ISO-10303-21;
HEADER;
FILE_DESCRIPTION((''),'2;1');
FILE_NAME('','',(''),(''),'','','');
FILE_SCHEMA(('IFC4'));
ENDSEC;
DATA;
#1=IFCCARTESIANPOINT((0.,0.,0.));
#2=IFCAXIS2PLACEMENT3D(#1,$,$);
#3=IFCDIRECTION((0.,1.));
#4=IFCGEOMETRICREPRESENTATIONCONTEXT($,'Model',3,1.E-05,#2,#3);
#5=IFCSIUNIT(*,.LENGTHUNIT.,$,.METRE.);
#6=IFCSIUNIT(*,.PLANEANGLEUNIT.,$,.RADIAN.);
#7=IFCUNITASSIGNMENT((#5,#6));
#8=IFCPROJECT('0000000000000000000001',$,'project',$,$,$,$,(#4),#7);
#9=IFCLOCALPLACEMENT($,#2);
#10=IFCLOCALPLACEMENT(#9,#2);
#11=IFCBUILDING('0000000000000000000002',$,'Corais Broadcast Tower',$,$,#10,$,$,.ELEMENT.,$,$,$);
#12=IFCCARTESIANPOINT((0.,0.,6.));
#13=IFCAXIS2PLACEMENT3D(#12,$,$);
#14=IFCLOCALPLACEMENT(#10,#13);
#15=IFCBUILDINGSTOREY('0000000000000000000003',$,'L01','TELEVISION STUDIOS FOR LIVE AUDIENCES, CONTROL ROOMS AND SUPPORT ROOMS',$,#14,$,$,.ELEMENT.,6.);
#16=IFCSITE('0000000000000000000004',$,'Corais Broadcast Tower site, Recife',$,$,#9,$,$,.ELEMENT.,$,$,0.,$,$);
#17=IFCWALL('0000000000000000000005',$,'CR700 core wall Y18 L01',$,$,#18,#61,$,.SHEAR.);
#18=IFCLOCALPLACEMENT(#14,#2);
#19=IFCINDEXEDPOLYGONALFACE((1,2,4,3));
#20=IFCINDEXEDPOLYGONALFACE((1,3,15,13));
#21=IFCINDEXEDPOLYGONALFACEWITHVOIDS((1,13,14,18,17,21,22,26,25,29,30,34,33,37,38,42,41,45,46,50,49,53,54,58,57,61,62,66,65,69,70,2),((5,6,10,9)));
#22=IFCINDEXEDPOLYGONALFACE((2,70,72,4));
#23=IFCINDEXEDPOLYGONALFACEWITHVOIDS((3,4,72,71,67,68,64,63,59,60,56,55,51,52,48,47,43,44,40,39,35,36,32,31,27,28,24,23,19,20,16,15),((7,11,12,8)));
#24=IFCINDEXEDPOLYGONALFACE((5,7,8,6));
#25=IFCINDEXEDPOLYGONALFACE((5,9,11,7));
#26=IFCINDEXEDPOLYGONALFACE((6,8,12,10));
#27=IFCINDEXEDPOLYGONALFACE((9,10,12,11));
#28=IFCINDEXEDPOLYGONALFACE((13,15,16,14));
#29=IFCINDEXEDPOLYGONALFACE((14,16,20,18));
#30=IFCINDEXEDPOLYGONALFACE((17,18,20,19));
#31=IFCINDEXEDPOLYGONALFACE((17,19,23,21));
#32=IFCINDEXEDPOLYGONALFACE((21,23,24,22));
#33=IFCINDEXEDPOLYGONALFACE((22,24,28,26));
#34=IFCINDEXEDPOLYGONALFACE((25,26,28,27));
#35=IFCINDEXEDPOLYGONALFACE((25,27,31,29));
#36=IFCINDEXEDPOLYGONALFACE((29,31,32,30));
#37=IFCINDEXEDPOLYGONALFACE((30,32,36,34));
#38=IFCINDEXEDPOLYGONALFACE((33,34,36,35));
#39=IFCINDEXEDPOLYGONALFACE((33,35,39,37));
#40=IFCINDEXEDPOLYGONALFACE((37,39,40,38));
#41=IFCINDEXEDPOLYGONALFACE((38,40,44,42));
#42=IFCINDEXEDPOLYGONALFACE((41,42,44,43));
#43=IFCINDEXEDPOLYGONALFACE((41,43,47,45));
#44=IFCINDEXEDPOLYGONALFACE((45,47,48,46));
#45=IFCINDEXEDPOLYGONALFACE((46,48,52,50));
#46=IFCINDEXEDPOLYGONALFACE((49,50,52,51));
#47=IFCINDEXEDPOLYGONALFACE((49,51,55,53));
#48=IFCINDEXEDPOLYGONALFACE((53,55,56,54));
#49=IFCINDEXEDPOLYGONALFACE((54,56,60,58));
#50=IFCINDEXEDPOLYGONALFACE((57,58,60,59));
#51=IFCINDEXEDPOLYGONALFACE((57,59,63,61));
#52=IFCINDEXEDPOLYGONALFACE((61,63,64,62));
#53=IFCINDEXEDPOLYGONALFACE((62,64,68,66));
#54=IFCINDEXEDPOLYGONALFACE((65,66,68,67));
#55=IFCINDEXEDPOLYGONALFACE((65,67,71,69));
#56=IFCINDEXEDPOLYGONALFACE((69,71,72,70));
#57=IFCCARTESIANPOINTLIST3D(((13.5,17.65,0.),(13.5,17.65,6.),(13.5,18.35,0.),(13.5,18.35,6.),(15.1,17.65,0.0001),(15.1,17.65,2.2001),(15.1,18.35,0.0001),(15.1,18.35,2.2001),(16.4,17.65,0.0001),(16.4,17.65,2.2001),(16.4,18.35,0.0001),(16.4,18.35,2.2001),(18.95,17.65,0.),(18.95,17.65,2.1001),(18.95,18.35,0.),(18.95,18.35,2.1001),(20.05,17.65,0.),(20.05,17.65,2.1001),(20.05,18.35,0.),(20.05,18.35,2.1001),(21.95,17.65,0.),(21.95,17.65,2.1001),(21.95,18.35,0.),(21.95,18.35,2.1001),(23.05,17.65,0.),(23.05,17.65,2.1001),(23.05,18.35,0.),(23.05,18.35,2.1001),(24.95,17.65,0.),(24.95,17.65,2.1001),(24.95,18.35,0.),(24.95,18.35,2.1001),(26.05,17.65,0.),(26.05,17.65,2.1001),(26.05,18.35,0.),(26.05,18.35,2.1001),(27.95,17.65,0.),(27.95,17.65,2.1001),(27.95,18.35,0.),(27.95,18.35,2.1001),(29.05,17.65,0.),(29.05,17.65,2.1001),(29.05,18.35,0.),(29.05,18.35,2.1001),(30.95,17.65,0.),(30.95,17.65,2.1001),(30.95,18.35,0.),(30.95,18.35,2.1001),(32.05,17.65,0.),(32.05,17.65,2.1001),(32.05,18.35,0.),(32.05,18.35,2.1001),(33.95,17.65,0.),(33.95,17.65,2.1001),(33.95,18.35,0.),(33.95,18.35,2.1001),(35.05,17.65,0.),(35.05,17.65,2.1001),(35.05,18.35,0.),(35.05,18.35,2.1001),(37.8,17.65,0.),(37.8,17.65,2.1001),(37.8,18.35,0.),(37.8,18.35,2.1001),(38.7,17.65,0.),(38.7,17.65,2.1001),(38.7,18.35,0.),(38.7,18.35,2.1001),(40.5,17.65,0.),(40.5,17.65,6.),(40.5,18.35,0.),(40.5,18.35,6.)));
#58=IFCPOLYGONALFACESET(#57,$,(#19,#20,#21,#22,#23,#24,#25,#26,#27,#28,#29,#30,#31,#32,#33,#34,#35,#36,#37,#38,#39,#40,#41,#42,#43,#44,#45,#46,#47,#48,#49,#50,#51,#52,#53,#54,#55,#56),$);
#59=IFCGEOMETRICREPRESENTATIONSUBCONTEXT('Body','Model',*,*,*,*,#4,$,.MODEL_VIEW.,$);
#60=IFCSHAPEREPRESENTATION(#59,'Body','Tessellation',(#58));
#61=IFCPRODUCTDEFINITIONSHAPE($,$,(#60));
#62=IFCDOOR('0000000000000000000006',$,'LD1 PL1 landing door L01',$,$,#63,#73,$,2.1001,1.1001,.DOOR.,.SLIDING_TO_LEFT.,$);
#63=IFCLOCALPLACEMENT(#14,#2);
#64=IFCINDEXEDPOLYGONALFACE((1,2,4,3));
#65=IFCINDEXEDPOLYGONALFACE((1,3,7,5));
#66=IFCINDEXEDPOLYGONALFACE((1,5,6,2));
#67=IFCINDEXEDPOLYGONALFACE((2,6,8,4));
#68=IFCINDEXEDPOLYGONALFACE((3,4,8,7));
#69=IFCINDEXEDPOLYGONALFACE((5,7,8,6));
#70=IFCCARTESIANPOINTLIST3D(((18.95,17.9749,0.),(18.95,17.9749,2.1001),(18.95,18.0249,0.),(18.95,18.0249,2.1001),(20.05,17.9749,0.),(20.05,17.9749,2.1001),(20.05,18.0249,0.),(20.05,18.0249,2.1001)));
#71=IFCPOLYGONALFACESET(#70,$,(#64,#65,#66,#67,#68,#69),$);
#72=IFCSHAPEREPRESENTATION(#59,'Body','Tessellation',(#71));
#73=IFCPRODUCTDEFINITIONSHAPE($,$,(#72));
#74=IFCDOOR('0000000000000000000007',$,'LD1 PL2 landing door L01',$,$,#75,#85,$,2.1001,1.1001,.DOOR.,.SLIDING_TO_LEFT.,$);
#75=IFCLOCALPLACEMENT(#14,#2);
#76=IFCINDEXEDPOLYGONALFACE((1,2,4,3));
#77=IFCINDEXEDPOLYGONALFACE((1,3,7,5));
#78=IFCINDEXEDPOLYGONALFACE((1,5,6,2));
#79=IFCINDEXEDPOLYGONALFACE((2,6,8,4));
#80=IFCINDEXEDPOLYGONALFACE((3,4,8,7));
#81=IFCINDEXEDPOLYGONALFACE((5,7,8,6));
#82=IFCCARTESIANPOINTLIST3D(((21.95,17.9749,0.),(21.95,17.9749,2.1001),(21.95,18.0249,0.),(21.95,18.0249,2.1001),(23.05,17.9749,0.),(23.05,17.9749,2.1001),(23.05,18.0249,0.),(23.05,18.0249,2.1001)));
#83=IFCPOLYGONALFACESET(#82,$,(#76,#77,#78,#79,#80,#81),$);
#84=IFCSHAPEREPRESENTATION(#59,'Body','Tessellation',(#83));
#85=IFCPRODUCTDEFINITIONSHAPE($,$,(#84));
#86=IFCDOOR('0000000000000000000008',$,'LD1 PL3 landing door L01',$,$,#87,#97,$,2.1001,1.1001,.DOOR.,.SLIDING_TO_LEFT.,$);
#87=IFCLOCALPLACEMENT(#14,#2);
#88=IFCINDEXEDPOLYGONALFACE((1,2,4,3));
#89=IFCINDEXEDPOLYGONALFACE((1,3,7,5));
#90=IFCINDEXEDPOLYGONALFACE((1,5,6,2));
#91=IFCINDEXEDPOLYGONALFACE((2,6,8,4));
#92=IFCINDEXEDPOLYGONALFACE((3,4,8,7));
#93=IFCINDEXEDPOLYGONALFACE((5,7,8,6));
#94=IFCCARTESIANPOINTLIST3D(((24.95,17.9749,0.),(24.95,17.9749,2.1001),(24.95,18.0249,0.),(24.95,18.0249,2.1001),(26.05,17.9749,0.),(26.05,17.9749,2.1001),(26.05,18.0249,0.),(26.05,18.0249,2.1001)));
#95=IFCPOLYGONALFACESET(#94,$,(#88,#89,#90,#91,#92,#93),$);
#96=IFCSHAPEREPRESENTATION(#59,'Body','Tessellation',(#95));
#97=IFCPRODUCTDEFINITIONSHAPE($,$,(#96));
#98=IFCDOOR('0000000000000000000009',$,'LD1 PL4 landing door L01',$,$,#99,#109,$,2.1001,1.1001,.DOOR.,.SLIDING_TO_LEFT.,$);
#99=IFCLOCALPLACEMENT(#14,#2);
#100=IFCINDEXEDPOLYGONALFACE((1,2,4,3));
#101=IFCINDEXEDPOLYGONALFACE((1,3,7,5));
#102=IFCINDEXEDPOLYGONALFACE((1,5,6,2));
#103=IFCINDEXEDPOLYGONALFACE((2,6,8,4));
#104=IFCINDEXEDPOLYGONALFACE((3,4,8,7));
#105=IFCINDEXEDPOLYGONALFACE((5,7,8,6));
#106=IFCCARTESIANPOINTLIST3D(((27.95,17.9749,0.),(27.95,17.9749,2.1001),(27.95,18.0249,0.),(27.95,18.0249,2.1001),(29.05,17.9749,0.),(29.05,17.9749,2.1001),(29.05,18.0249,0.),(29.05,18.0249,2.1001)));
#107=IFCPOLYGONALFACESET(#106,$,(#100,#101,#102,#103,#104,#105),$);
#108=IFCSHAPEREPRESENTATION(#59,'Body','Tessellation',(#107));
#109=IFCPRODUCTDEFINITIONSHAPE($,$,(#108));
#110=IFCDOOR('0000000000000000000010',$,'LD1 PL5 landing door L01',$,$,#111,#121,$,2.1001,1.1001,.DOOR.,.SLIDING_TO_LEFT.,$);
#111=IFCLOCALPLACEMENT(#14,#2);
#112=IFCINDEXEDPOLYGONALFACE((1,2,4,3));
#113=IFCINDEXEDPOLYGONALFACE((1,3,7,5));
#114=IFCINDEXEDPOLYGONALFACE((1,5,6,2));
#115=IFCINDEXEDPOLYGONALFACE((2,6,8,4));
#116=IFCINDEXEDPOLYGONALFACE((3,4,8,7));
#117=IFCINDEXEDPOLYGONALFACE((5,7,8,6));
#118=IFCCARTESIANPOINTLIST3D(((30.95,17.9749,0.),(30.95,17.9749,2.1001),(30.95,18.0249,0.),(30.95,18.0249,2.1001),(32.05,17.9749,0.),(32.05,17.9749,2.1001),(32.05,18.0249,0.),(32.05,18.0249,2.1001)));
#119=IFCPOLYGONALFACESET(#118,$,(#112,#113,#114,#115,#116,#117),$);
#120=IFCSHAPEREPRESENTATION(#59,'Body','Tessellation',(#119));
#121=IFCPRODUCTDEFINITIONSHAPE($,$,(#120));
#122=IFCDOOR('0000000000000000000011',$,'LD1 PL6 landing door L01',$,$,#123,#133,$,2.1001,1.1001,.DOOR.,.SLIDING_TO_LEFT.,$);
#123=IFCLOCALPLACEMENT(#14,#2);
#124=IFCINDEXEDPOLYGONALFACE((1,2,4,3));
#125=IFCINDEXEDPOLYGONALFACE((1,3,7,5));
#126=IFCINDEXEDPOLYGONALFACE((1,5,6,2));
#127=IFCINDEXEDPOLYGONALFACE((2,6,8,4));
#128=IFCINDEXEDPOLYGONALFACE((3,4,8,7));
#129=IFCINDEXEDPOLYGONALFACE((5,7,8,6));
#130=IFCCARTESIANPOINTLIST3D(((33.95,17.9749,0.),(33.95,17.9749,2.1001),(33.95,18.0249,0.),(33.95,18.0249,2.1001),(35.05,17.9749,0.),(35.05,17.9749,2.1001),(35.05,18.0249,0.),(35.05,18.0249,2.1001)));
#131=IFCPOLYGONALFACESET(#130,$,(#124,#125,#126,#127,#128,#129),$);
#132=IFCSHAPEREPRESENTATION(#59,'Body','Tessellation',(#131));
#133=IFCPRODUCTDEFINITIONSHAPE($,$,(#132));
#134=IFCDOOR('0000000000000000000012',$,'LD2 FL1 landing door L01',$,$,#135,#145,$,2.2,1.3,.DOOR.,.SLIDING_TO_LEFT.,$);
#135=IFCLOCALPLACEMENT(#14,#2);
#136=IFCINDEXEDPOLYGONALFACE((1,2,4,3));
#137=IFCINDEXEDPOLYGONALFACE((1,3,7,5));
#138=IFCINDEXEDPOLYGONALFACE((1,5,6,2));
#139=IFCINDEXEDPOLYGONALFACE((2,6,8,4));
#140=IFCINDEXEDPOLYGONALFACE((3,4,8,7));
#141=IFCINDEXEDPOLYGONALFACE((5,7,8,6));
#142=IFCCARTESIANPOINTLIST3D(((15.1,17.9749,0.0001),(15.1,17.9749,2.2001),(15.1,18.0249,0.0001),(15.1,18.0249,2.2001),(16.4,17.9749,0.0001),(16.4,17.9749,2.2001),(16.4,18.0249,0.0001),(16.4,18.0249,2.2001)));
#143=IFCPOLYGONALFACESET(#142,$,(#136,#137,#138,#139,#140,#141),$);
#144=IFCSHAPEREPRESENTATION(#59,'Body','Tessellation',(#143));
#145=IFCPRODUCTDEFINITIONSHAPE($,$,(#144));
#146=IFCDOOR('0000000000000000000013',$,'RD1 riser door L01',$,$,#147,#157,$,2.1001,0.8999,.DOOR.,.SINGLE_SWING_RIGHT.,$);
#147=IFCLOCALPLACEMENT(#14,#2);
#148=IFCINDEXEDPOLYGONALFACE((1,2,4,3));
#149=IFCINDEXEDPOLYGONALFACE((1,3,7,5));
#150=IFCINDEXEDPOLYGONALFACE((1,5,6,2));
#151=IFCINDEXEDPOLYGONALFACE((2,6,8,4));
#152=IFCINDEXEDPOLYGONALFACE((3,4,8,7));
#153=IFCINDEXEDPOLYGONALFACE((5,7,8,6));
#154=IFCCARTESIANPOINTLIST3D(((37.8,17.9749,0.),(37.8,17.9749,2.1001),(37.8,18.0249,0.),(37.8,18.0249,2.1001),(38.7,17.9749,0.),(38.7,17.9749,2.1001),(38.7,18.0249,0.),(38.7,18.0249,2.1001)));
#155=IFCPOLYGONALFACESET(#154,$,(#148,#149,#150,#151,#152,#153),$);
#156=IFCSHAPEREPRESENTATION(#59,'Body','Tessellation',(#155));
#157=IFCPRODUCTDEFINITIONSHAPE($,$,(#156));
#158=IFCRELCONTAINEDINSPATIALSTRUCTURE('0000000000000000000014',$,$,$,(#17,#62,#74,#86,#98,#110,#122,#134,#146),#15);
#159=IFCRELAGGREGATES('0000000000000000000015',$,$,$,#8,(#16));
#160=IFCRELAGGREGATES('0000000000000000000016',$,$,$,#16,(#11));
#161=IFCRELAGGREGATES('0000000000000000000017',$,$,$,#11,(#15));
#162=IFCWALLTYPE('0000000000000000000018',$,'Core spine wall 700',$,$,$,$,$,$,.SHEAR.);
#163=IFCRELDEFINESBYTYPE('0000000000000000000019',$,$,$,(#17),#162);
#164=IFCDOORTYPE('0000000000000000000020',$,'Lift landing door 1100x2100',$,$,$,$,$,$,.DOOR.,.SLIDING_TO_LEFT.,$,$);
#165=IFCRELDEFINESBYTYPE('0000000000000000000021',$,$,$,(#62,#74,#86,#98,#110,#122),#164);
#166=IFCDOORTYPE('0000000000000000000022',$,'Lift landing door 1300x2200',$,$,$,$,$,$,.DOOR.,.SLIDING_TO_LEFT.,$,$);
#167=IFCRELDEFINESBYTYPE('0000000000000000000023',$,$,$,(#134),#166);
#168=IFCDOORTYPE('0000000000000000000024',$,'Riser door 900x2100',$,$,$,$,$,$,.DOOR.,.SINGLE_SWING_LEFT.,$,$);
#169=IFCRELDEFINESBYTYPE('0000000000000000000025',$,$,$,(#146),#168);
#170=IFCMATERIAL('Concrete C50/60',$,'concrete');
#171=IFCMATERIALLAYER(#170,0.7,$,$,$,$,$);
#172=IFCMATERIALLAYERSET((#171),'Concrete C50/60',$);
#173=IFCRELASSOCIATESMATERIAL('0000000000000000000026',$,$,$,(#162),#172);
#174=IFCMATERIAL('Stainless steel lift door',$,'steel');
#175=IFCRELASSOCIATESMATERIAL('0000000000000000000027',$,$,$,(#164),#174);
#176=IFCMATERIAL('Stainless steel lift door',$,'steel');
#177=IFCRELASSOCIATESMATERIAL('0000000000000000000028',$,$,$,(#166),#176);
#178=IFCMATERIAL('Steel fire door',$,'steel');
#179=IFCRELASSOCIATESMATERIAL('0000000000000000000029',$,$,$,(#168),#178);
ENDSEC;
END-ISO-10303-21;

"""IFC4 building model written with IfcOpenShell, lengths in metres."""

from ifc_helpers import new_model, si_unit, direction, frame, frame_2d, origin, place, context, subcontext, project, spatial, rectangle, extrude, material, layer, layer_set, type_object, element, fill, save


model = new_model("IFC4")

# Units and contexts
model_context = context("Model", 3, precision=1e-05, world=origin(), true_north=direction((0.0, 1.0)))
body_context = subcontext(model_context, "Body", "Model", "MODEL_VIEW")
ifc_project = project(units=[si_unit("LENGTHUNIT", "METRE"), si_unit("PLANEANGLEUNIT", "RADIAN")], contexts=[model_context])

# Site, building, storey
site_placement = place(None, origin())
site = spatial("IfcSite", under=ifc_project, at=site_placement, Name="Corais Broadcast Tower site, Recife", CompositionType="ELEMENT", RefElevation=0.0)
building_placement = place(site_placement, origin())
building = spatial("IfcBuilding", under=site, at=building_placement, Name="Corais Broadcast Tower", CompositionType="ELEMENT")
storey_placement = place(building_placement, frame((0.0, 0.0, 6.0)))
storey = spatial("IfcBuildingStorey", under=building, at=storey_placement, Name="L01", Description="TELEVISION STUDIOS FOR LIVE AUDIENCES, CONTROL ROOMS AND SUPPORT ROOMS", CompositionType="ELEMENT", Elevation=6.0)

# Wall, openings, doors
ifc_material_1 = material(Name="Concrete C50/60", Category="concrete")
ifc_layer_1 = layer(ifc_material_1, 0.7)
ifc_layer_set_1 = layer_set([ifc_layer_1], Name="Concrete C50/60")
wall_type_1 = type_object("IfcWallType", Name="Core spine wall 700", PredefinedType="SHEAR", material=ifc_layer_set_1)
wall_1_placement = place(storey_placement, frame((13.5, 18.0, 0.0), z_axis=(0.0, 0.0, 1.0), x_axis=(1.0, 0.0, 0.0)))
wall_1 = element("IfcWall", 1, at=wall_1_placement, inside=storey, type_object=wall_type_1, Name="CR700 core wall Y18 L01", PredefinedType="SHEAR", context=body_context, shape_type="SweptSolid", body=[
    extrude(rectangle(XDim=27.0, YDim=0.7, at=frame_2d((13.5, 0.0))), origin(), (0.0, 0.0, 1.0), 6.0),
])
opening_1_placement = place(wall_1_placement, frame((24.3, 0.0, 0.0)))
opening_1 = element("IfcOpeningElement", 2, at=opening_1_placement, cuts=wall_1, PredefinedType="OPENING", context=body_context, shape_type="SweptSolid", body=[
    extrude(rectangle(XDim=0.8999, YDim=2.1001, at=frame_2d((0.45, 1.05))), frame((0.0, 0.3599, 0.0), z_axis=(0.0, -1.0, 0.0), x_axis=(1.0, 0.0, 0.0)), (0.0, 0.0, 1.0), 0.72),
])
opening_2_placement = place(wall_1_placement, frame((5.45, 0.0, 0.0)))
opening_2 = element("IfcOpeningElement", 3, at=opening_2_placement, cuts=wall_1, PredefinedType="OPENING", context=body_context, shape_type="SweptSolid", body=[
    extrude(rectangle(XDim=1.1001, YDim=2.1001, at=frame_2d((0.55, 1.05))), frame((0.0, 0.3599, 0.0), z_axis=(0.0, -1.0, 0.0), x_axis=(1.0, 0.0, 0.0)), (0.0, 0.0, 1.0), 0.72),
])
opening_3_placement = place(wall_1_placement, frame((8.45, 0.0, 0.0)))
opening_3 = element("IfcOpeningElement", 4, at=opening_3_placement, cuts=wall_1, PredefinedType="OPENING", context=body_context, shape_type="SweptSolid", body=[
    extrude(rectangle(XDim=1.1001, YDim=2.1001, at=frame_2d((0.55, 1.05))), frame((0.0, 0.3599, 0.0), z_axis=(0.0, -1.0, 0.0), x_axis=(1.0, 0.0, 0.0)), (0.0, 0.0, 1.0), 0.72),
])
opening_4_placement = place(wall_1_placement, frame((11.45, 0.0, 0.0)))
opening_4 = element("IfcOpeningElement", 5, at=opening_4_placement, cuts=wall_1, PredefinedType="OPENING", context=body_context, shape_type="SweptSolid", body=[
    extrude(rectangle(XDim=1.1001, YDim=2.1001, at=frame_2d((0.55, 1.05))), frame((0.0, 0.3599, 0.0), z_axis=(0.0, -1.0, 0.0), x_axis=(1.0, 0.0, 0.0)), (0.0, 0.0, 1.0), 0.72),
])
opening_5_placement = place(wall_1_placement, frame((14.45, 0.0, 0.0)))
opening_5 = element("IfcOpeningElement", 6, at=opening_5_placement, cuts=wall_1, PredefinedType="OPENING", context=body_context, shape_type="SweptSolid", body=[
    extrude(rectangle(XDim=1.1001, YDim=2.1001, at=frame_2d((0.55, 1.05))), frame((0.0, 0.3599, 0.0), z_axis=(0.0, -1.0, 0.0), x_axis=(1.0, 0.0, 0.0)), (0.0, 0.0, 1.0), 0.72),
])
opening_6_placement = place(wall_1_placement, frame((17.45, 0.0, 0.0)))
opening_6 = element("IfcOpeningElement", 7, at=opening_6_placement, cuts=wall_1, PredefinedType="OPENING", context=body_context, shape_type="SweptSolid", body=[
    extrude(rectangle(XDim=1.1001, YDim=2.1001, at=frame_2d((0.55, 1.05))), frame((0.0, 0.3599, 0.0), z_axis=(0.0, -1.0, 0.0), x_axis=(1.0, 0.0, 0.0)), (0.0, 0.0, 1.0), 0.72),
])
opening_7_placement = place(wall_1_placement, frame((20.45, 0.0, 0.0)))
opening_7 = element("IfcOpeningElement", 8, at=opening_7_placement, cuts=wall_1, PredefinedType="OPENING", context=body_context, shape_type="SweptSolid", body=[
    extrude(rectangle(XDim=1.1001, YDim=2.1001, at=frame_2d((0.55, 1.05))), frame((0.0, 0.3599, 0.0), z_axis=(0.0, -1.0, 0.0), x_axis=(1.0, 0.0, 0.0)), (0.0, 0.0, 1.0), 0.72),
])
opening_8_placement = place(wall_1_placement, frame((1.6001, 0.0, 0.0)))
opening_8 = element("IfcOpeningElement", 9, at=opening_8_placement, cuts=wall_1, PredefinedType="OPENING", context=body_context, shape_type="SweptSolid", body=[
    extrude(rectangle(XDim=1.3, YDim=2.2, at=frame_2d((0.6499, 1.1001))), frame((0.0, 0.3599, 0.0), z_axis=(0.0, -1.0, 0.0), x_axis=(1.0, 0.0, 0.0)), (0.0, 0.0, 1.0), 0.72),
])
ifc_material_2 = material(Name="Stainless steel lift door", Category="steel")
door_type_1 = type_object("IfcDoorType", Name="Lift landing door 1100x2100", OperationType="SLIDING_TO_LEFT", PredefinedType="DOOR", material=ifc_material_2)
door_1_placement = place(opening_2_placement, origin())
door_1 = element("IfcDoor", 10, at=door_1_placement, inside=storey, type_object=door_type_1, Name="LD1 PL1 landing door L01", OperationType="SLIDING_TO_LEFT", OverallHeight=2.1001, OverallWidth=1.1001, PredefinedType="DOOR", context=body_context, shape_type="SweptSolid", body=[
    extrude(rectangle(XDim=1.1001, YDim=2.1001, at=frame_2d((0.55, 1.05))), frame((0.0, 0.0249, 0.0), z_axis=(0.0, -1.0, 0.0), x_axis=(1.0, 0.0, 0.0)), (0.0, 0.0, 1.0), 0.05),
])
fill(opening_2, door_1)
door_2_placement = place(opening_3_placement, origin())
door_2 = element("IfcDoor", 11, at=door_2_placement, inside=storey, type_object=door_type_1, Name="LD1 PL2 landing door L01", OperationType="SLIDING_TO_LEFT", OverallHeight=2.1001, OverallWidth=1.1001, PredefinedType="DOOR", context=body_context, shape_type="SweptSolid", body=[
    extrude(rectangle(XDim=1.1001, YDim=2.1001, at=frame_2d((0.55, 1.05))), frame((0.0, 0.0249, 0.0), z_axis=(0.0, -1.0, 0.0), x_axis=(1.0, 0.0, 0.0)), (0.0, 0.0, 1.0), 0.05),
])
fill(opening_3, door_2)
door_3_placement = place(opening_4_placement, origin())
door_3 = element("IfcDoor", 12, at=door_3_placement, inside=storey, type_object=door_type_1, Name="LD1 PL3 landing door L01", OperationType="SLIDING_TO_LEFT", OverallHeight=2.1001, OverallWidth=1.1001, PredefinedType="DOOR", context=body_context, shape_type="SweptSolid", body=[
    extrude(rectangle(XDim=1.1001, YDim=2.1001, at=frame_2d((0.55, 1.05))), frame((0.0, 0.0249, 0.0), z_axis=(0.0, -1.0, 0.0), x_axis=(1.0, 0.0, 0.0)), (0.0, 0.0, 1.0), 0.05),
])
fill(opening_4, door_3)
door_4_placement = place(opening_5_placement, origin())
door_4 = element("IfcDoor", 13, at=door_4_placement, inside=storey, type_object=door_type_1, Name="LD1 PL4 landing door L01", OperationType="SLIDING_TO_LEFT", OverallHeight=2.1001, OverallWidth=1.1001, PredefinedType="DOOR", context=body_context, shape_type="SweptSolid", body=[
    extrude(rectangle(XDim=1.1001, YDim=2.1001, at=frame_2d((0.55, 1.05))), frame((0.0, 0.0249, 0.0), z_axis=(0.0, -1.0, 0.0), x_axis=(1.0, 0.0, 0.0)), (0.0, 0.0, 1.0), 0.05),
])
fill(opening_5, door_4)
door_5_placement = place(opening_6_placement, origin())
door_5 = element("IfcDoor", 14, at=door_5_placement, inside=storey, type_object=door_type_1, Name="LD1 PL5 landing door L01", OperationType="SLIDING_TO_LEFT", OverallHeight=2.1001, OverallWidth=1.1001, PredefinedType="DOOR", context=body_context, shape_type="SweptSolid", body=[
    extrude(rectangle(XDim=1.1001, YDim=2.1001, at=frame_2d((0.55, 1.05))), frame((0.0, 0.0249, 0.0), z_axis=(0.0, -1.0, 0.0), x_axis=(1.0, 0.0, 0.0)), (0.0, 0.0, 1.0), 0.05),
])
fill(opening_6, door_5)
door_6_placement = place(opening_7_placement, origin())
door_6 = element("IfcDoor", 15, at=door_6_placement, inside=storey, type_object=door_type_1, Name="LD1 PL6 landing door L01", OperationType="SLIDING_TO_LEFT", OverallHeight=2.1001, OverallWidth=1.1001, PredefinedType="DOOR", context=body_context, shape_type="SweptSolid", body=[
    extrude(rectangle(XDim=1.1001, YDim=2.1001, at=frame_2d((0.55, 1.05))), frame((0.0, 0.0249, 0.0), z_axis=(0.0, -1.0, 0.0), x_axis=(1.0, 0.0, 0.0)), (0.0, 0.0, 1.0), 0.05),
])
fill(opening_7, door_6)
ifc_material_3 = material(Name="Stainless steel lift door", Category="steel")
door_type_2 = type_object("IfcDoorType", Name="Lift landing door 1300x2200", OperationType="SLIDING_TO_LEFT", PredefinedType="DOOR", material=ifc_material_3)
door_7_placement = place(opening_8_placement, origin())
door_7 = element("IfcDoor", 16, at=door_7_placement, inside=storey, type_object=door_type_2, Name="LD2 FL1 landing door L01", OperationType="SLIDING_TO_LEFT", OverallHeight=2.2, OverallWidth=1.3, PredefinedType="DOOR", context=body_context, shape_type="SweptSolid", body=[
    extrude(rectangle(XDim=1.3, YDim=2.2, at=frame_2d((0.6499, 1.1001))), frame((0.0, 0.0249, 0.0), z_axis=(0.0, -1.0, 0.0), x_axis=(1.0, 0.0, 0.0)), (0.0, 0.0, 1.0), 0.05),
])
fill(opening_8, door_7)
ifc_material_4 = material(Name="Steel fire door", Category="steel")
door_type_3 = type_object("IfcDoorType", Name="Riser door 900x2100", OperationType="SINGLE_SWING_LEFT", PredefinedType="DOOR", material=ifc_material_4)
door_8_placement = place(opening_1_placement, origin())
door_8 = element("IfcDoor", 17, at=door_8_placement, inside=storey, type_object=door_type_3, Name="RD1 riser door L01", OperationType="SINGLE_SWING_RIGHT", OverallHeight=2.1001, OverallWidth=0.8999, PredefinedType="DOOR", context=body_context, shape_type="SweptSolid", body=[
    extrude(rectangle(XDim=0.8999, YDim=2.1001, at=frame_2d((0.45, 1.05))), frame((0.0, 0.0249, 0.0), z_axis=(0.0, -1.0, 0.0), x_axis=(1.0, 0.0, 0.0)), (0.0, 0.0, 1.0), 0.05),
])
fill(opening_1, door_8)

save(model, "model.ifc")
